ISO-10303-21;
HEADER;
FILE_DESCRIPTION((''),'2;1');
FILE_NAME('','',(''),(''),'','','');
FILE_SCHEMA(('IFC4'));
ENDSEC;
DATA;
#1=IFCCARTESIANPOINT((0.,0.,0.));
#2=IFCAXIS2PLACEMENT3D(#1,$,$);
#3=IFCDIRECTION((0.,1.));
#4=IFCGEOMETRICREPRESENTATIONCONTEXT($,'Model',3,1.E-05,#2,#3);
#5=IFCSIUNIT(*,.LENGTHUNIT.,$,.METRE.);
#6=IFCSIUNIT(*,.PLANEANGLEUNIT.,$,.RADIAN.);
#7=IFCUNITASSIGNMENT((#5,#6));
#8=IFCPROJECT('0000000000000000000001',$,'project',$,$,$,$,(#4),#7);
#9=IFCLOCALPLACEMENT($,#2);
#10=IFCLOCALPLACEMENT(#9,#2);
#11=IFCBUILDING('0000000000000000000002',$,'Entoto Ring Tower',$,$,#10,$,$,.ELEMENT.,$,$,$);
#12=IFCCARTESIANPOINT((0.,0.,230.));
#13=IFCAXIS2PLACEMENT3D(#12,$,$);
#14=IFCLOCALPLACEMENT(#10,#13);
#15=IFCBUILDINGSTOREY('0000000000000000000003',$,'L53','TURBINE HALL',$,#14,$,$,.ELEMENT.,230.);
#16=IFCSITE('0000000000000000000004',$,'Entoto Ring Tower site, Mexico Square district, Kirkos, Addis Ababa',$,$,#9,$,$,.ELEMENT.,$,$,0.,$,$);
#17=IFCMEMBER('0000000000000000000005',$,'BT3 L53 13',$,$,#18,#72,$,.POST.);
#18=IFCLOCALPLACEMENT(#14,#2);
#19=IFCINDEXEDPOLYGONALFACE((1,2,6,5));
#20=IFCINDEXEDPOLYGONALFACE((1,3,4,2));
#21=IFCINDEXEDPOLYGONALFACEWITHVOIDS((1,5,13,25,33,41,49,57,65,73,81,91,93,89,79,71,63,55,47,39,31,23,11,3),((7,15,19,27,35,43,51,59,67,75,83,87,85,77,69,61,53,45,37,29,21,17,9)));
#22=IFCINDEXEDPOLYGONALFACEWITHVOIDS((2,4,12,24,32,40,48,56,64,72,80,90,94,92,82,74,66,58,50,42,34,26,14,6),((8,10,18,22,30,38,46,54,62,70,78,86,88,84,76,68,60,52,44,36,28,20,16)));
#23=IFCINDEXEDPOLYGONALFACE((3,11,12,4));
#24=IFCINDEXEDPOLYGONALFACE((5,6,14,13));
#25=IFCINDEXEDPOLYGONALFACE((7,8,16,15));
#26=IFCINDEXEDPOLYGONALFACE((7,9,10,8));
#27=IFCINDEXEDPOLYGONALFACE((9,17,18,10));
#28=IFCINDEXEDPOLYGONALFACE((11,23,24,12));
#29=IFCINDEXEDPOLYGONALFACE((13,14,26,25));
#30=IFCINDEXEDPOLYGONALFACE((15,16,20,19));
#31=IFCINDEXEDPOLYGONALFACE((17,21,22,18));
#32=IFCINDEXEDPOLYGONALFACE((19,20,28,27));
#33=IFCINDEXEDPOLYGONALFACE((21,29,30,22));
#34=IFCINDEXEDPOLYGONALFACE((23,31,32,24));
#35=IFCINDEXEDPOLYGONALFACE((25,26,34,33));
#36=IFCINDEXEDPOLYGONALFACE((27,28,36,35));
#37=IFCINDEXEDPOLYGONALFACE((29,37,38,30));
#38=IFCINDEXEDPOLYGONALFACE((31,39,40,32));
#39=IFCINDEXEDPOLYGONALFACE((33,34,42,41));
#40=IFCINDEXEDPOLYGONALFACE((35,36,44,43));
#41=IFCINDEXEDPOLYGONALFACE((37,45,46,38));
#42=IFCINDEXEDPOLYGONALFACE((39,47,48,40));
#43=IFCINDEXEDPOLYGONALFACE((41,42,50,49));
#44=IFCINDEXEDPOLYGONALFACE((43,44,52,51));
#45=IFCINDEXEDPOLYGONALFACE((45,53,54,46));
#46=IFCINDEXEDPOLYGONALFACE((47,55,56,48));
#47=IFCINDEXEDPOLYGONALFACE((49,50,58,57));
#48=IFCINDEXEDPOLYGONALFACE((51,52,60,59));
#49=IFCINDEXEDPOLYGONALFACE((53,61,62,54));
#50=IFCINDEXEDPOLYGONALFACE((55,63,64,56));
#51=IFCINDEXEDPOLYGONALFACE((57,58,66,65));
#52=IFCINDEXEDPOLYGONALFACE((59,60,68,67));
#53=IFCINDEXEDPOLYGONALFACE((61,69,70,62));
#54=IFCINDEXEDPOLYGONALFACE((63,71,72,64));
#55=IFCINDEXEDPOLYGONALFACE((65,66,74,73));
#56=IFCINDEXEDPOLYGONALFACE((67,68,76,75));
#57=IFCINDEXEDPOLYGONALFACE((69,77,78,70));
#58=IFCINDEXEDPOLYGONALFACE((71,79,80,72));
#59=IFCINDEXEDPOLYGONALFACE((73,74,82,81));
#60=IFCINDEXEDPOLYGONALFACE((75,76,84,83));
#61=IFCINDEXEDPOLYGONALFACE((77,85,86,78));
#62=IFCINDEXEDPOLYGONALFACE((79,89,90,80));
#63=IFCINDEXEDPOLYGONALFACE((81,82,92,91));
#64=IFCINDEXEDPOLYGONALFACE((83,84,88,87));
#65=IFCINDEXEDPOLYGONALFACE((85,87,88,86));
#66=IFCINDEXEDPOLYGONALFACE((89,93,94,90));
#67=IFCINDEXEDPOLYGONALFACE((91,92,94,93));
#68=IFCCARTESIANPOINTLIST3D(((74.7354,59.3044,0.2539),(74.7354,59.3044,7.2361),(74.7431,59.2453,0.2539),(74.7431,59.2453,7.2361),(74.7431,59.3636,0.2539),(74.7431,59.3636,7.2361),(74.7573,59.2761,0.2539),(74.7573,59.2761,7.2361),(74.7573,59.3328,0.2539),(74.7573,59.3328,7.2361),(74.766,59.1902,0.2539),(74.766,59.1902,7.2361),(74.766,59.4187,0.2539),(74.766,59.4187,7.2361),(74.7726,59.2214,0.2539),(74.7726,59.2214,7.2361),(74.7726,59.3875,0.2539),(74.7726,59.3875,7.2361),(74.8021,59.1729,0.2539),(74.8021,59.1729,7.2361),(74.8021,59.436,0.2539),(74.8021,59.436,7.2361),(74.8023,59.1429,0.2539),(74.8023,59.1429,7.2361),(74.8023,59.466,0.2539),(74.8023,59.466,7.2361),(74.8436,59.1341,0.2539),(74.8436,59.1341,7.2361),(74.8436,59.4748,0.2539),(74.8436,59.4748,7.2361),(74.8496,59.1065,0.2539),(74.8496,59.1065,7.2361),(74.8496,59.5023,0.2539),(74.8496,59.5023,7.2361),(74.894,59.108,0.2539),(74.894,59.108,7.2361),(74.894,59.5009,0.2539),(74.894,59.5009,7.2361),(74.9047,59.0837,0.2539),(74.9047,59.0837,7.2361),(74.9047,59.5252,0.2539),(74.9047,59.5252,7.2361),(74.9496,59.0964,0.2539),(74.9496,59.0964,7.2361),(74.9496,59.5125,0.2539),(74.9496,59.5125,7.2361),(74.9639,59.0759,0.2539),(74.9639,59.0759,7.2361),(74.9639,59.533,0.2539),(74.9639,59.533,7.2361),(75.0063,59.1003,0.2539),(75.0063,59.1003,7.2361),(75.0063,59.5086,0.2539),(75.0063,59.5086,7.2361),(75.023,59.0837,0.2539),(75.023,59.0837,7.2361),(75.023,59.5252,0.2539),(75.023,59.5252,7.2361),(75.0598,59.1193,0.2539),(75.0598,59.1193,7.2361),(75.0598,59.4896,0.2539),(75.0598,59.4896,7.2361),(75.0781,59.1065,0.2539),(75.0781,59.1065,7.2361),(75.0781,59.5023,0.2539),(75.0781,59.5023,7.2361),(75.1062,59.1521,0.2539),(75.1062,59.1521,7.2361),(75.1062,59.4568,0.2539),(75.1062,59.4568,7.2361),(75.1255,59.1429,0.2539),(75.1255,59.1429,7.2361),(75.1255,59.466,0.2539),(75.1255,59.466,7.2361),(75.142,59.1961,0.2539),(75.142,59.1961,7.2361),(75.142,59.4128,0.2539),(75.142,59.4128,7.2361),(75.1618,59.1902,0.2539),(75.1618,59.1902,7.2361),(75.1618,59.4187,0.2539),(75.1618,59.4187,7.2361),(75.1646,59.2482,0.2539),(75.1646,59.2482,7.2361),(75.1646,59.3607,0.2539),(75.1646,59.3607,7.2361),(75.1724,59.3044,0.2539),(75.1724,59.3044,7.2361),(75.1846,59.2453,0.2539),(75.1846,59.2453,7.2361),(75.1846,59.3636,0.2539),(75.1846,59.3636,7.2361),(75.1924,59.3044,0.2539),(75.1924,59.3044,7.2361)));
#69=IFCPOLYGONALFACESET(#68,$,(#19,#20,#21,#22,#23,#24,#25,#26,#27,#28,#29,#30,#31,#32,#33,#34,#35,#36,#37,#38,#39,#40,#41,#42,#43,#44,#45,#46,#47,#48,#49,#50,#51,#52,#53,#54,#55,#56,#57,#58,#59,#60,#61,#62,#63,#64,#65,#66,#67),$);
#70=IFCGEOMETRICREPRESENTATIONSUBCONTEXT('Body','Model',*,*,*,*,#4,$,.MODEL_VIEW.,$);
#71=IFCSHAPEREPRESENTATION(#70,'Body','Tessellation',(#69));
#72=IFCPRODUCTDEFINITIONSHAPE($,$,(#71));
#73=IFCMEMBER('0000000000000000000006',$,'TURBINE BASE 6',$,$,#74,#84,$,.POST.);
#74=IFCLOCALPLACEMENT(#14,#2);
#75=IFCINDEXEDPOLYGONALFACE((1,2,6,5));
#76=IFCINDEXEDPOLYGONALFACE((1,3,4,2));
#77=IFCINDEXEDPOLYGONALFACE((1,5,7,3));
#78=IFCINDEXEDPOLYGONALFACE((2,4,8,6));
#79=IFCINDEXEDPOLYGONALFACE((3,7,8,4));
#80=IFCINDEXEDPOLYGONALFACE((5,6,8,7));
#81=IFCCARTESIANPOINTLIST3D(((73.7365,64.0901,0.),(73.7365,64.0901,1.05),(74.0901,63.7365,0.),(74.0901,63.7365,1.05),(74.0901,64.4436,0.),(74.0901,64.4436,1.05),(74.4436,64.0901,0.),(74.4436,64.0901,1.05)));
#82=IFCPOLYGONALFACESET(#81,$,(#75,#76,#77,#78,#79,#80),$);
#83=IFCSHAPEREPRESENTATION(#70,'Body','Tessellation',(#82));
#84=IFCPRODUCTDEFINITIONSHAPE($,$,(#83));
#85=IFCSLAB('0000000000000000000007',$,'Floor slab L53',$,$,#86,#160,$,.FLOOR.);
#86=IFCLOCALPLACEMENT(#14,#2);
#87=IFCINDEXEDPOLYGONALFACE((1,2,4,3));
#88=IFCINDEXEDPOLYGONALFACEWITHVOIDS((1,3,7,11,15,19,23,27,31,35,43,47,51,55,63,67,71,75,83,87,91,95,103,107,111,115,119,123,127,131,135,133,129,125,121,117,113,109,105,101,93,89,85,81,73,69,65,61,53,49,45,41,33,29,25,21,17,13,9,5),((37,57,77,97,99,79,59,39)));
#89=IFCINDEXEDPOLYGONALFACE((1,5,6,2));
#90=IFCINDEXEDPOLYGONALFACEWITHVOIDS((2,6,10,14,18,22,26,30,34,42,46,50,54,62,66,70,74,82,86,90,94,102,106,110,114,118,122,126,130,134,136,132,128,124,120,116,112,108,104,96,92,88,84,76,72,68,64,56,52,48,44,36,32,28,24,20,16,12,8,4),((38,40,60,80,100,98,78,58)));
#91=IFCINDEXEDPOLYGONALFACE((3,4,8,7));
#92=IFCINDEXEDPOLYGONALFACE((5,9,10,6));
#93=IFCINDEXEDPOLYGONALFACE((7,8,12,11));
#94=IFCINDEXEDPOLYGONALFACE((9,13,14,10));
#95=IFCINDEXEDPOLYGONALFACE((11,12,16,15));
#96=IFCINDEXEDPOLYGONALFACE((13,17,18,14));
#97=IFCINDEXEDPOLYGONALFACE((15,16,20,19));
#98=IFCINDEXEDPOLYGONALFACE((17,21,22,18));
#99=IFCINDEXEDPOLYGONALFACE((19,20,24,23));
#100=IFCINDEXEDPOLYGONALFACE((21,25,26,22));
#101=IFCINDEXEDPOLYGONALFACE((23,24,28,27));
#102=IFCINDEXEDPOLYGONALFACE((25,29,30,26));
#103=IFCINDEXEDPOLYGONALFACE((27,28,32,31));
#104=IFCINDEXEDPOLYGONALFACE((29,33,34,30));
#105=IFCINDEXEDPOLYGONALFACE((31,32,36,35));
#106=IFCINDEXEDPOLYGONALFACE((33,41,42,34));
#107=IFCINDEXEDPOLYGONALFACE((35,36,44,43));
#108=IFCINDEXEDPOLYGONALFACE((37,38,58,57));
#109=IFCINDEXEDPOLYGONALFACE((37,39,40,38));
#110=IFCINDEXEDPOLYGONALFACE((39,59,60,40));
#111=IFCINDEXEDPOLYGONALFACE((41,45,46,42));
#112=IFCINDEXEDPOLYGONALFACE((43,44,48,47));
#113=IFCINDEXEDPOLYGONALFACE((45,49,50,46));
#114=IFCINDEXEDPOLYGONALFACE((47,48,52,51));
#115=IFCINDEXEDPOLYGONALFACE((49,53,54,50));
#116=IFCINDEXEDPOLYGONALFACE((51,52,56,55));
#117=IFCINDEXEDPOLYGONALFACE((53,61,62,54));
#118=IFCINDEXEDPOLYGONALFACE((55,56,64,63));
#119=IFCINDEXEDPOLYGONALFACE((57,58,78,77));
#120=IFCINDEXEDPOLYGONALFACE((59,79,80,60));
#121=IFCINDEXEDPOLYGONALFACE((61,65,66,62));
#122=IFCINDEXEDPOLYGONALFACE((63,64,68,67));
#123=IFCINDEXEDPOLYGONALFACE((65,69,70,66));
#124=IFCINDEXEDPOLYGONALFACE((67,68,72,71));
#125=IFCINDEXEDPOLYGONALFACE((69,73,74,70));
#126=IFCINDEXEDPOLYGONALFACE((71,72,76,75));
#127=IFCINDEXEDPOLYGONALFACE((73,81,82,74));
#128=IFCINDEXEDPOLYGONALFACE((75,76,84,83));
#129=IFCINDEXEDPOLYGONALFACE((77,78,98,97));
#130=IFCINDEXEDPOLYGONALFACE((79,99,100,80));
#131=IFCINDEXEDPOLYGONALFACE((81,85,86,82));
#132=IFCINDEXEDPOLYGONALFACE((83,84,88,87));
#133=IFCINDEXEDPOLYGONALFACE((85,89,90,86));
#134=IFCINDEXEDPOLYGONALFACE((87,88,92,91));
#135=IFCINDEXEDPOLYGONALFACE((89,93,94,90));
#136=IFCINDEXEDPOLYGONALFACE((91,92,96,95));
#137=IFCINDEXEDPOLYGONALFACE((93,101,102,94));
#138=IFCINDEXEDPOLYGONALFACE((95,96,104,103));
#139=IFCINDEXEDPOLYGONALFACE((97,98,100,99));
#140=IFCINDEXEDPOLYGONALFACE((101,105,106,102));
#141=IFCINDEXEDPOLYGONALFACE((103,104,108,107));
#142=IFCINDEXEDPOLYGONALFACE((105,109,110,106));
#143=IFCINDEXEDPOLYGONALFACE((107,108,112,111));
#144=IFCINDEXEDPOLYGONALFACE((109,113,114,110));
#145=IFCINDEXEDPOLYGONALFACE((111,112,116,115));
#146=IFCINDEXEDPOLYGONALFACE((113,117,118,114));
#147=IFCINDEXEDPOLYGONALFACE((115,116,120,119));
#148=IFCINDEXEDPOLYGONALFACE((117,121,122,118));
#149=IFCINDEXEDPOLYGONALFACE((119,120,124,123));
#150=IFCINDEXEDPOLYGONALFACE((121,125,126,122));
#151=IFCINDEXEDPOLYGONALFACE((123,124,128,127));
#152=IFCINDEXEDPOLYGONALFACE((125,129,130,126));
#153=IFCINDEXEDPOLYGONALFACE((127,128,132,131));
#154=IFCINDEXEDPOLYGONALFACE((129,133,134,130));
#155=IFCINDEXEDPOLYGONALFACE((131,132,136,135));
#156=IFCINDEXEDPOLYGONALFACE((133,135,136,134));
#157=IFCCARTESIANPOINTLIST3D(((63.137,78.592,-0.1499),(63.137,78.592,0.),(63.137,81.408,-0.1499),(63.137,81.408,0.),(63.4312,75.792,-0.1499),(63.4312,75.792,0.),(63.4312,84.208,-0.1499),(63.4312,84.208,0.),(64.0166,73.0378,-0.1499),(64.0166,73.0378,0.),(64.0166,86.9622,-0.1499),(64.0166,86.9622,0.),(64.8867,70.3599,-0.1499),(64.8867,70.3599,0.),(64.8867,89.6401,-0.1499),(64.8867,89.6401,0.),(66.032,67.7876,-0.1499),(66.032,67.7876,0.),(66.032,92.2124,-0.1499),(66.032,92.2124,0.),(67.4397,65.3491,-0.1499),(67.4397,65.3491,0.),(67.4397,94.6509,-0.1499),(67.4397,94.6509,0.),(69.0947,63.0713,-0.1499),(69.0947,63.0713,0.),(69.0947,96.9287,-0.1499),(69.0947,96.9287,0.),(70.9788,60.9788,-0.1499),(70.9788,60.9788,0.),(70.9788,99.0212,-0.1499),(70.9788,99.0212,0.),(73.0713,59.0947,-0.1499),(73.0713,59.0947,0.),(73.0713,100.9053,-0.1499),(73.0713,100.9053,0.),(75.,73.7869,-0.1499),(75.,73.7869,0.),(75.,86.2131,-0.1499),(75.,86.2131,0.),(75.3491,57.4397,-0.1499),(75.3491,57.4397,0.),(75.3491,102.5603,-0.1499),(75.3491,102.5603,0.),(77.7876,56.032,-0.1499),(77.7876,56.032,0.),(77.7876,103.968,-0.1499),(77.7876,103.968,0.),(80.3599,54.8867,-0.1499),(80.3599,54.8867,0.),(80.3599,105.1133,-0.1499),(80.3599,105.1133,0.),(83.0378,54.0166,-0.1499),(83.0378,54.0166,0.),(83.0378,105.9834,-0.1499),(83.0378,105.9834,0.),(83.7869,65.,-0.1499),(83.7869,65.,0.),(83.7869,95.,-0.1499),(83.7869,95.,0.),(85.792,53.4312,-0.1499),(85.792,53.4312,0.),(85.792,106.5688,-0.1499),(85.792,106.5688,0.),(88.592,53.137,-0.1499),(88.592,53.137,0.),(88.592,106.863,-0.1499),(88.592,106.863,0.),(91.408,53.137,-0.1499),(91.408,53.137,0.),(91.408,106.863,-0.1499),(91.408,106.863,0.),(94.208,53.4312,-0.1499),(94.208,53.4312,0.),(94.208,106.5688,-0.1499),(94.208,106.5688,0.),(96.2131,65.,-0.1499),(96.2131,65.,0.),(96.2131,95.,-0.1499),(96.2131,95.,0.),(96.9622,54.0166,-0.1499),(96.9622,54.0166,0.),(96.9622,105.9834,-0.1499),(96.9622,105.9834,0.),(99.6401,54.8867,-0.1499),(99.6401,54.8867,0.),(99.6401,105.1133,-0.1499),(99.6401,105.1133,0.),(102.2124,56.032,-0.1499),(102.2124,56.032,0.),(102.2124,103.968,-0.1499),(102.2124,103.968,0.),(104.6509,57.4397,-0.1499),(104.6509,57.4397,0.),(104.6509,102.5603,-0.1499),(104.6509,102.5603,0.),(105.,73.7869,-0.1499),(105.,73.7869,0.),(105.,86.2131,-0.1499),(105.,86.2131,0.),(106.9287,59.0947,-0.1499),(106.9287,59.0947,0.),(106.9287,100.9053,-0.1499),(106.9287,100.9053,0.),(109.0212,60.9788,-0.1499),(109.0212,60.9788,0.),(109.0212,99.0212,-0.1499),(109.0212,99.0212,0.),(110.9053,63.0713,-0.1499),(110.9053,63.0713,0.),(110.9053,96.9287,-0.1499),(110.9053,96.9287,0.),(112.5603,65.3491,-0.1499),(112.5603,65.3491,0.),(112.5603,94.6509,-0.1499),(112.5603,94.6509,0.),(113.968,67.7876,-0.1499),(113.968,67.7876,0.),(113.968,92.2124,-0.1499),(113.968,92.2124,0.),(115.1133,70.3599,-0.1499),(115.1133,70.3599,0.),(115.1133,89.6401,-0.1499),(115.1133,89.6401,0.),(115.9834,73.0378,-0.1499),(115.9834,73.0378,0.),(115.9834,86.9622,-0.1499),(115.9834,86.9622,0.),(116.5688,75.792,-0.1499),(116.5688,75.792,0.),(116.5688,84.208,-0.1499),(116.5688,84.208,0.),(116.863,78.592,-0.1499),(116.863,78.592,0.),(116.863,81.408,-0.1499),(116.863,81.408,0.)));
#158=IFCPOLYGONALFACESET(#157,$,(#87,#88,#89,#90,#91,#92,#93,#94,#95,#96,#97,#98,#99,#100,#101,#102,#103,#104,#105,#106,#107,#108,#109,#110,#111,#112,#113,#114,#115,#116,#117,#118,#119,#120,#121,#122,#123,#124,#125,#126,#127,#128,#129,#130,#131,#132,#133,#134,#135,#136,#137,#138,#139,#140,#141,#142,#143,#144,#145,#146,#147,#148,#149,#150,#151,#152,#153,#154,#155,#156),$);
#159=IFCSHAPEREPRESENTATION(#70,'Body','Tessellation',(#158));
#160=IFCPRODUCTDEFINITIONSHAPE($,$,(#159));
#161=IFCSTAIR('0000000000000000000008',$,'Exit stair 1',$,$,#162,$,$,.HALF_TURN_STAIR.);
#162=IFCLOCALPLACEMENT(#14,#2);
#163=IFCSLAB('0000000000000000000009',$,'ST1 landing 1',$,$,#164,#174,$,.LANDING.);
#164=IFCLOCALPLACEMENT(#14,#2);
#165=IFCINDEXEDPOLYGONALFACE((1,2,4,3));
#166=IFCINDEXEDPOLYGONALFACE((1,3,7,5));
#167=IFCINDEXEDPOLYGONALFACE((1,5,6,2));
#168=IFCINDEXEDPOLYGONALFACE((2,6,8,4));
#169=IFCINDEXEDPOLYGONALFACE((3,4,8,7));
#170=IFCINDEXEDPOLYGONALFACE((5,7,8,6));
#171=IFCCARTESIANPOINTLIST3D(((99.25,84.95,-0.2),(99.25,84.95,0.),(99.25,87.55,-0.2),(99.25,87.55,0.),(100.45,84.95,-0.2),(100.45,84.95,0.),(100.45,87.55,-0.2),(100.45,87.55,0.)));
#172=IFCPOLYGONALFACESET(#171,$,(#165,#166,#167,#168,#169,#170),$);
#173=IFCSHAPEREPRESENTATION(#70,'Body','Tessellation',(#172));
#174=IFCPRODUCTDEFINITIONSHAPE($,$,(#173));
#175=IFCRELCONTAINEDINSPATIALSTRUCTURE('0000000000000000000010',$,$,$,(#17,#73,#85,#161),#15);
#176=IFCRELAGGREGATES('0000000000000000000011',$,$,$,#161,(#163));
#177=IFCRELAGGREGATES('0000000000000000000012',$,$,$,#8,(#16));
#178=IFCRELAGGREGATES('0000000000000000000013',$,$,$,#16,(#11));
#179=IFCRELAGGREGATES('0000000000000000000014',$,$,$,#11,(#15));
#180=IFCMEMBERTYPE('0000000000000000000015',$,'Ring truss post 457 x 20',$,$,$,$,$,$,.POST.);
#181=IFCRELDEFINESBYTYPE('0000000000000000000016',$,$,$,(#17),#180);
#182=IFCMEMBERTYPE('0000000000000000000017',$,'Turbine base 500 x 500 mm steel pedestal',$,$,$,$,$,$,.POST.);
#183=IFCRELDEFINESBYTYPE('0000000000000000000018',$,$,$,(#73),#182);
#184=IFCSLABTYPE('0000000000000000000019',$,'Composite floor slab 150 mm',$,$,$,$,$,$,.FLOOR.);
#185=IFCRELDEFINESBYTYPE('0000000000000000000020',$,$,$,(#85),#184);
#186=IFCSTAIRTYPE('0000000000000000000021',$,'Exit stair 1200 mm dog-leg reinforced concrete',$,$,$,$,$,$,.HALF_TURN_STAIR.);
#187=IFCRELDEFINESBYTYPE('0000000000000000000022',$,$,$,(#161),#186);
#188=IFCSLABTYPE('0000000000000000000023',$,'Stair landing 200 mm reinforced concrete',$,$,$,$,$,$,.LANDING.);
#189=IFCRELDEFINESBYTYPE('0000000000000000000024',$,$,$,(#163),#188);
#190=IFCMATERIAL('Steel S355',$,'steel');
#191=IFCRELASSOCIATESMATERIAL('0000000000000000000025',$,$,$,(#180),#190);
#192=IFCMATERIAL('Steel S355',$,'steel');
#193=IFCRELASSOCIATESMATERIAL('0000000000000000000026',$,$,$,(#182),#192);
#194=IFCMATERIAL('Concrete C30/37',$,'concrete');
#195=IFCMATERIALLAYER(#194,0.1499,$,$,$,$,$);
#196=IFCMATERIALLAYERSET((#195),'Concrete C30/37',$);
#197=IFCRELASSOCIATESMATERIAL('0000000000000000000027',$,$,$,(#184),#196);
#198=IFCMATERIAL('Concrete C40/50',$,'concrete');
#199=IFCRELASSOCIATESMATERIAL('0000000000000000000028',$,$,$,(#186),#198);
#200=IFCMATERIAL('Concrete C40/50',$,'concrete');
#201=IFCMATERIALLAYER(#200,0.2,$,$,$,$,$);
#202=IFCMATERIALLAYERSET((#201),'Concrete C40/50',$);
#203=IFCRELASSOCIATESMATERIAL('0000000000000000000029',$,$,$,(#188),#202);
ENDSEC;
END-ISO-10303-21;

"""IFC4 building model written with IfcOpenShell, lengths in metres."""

from ifc_helpers import new_model, si_unit, direction, frame, origin, origin_2d, place, context, subcontext, project, spatial, polyline, rectangle, circle, hollow_circle, outline, extrude, material, layer, layer_set, material_profile, profile_set, type_object, element, aggregate, save


model = new_model("IFC4")

# Units and contexts
model_context = context("Model", 3, precision=1e-05, world=origin(), true_north=direction((0.0, 1.0)))
body_context = subcontext(model_context, "Body", "Model", "MODEL_VIEW")
ifc_project = project(units=[si_unit("LENGTHUNIT", "METRE"), si_unit("PLANEANGLEUNIT", "RADIAN")], contexts=[model_context])

# Site, building, storey
site_placement = place(None, origin())
site = spatial("IfcSite", under=ifc_project, at=site_placement, Name="Entoto Ring Tower site, Mexico Square district, Kirkos, Addis Ababa", CompositionType="ELEMENT", RefElevation=0.0)
building_placement = place(site_placement, origin())
building = spatial("IfcBuilding", under=site, at=building_placement, Name="Entoto Ring Tower", CompositionType="ELEMENT")
storey_placement = place(building_placement, frame((0.0, 0.0, 230.0)))
storey = spatial("IfcBuildingStorey", under=building, at=storey_placement, Name="L53", Description="TURBINE HALL", CompositionType="ELEMENT", Elevation=230.0)

# Members
ifc_material_1 = material(Name="Steel S355", Category="steel")
ifc_material_profile_1 = material_profile(ifc_material_1, hollow_circle(Radius=0.2285, WallThickness=0.02, at=origin_2d()), Name="CHS 457 x 20")
ifc_material_2 = material(Name="Concrete C60/75", Category="concrete")
ifc_material_profile_2 = material_profile(ifc_material_2, circle(Radius=0.2085, at=origin_2d()), Name="Concrete C60/75 infill")
ifc_profile_set_1 = profile_set([ifc_material_profile_1, ifc_material_profile_2], Name="Steel S355")
member_type_1 = type_object("IfcMemberType", Name="Ring truss post 457 x 20", PredefinedType="POST", material=ifc_profile_set_1)
member_1_placement = place(storey_placement, frame((74.9639, 59.3044, 0.2539), z_axis=(0.0, 0.0, 1.0), x_axis=(1.0, 0.0, 0.0)))
element("IfcMember", 1, at=member_1_placement, inside=storey, type_object=member_type_1, Name="BT3 L53 13", PredefinedType="POST", context=body_context, shape_type="SweptSolid", body=[
    extrude(hollow_circle(Radius=0.2285, WallThickness=0.02, at=origin_2d()), origin(), (0.0, 0.0, 1.0), 6.9822),
])
ifc_material_3 = material(Name="Steel S355", Category="steel")
ifc_material_profile_3 = material_profile(ifc_material_3, rectangle(XDim=0.5, YDim=0.5, at=origin_2d()), Name="Turbine base 500 x 500 mm steel pedestal")
ifc_profile_set_2 = profile_set([ifc_material_profile_3], Name="Steel S355")
member_type_2 = type_object("IfcMemberType", Name="Turbine base 500 x 500 mm steel pedestal", PredefinedType="POST", material=ifc_profile_set_2)
member_2_placement = place(storey_placement, frame((74.0901, 64.0901, 0.0), z_axis=(0.0, 0.0, 1.0), x_axis=(0.707107, -0.707107, 0.0)))
element("IfcMember", 2, at=member_2_placement, inside=storey, type_object=member_type_2, Name="TURBINE BASE 6", PredefinedType="POST", context=body_context, shape_type="SweptSolid", body=[
    extrude(rectangle(XDim=0.5, YDim=0.5, at=origin_2d()), origin(), (0.0, 0.0, 1.0), 1.05),
])

# Slab
ifc_material_4 = material(Name="Concrete C30/37", Category="concrete")
ifc_layer_1 = layer(ifc_material_4, 0.1499)
ifc_layer_set_1 = layer_set([ifc_layer_1], Name="Concrete C30/37")
slab_type_1 = type_object("IfcSlabType", Name="Composite floor slab 150 mm", PredefinedType="FLOOR", material=ifc_layer_set_1)
slab_1_placement = place(storey_placement, frame((0.0, 0.0, -0.1499)))
element("IfcSlab", 3, at=slab_1_placement, inside=storey, type_object=slab_type_1, Name="Floor slab L53", PredefinedType="FLOOR", context=body_context, shape_type="SweptSolid", body=[
    extrude(outline(polyline([(116.5688, 84.208), (115.9834, 86.9622), (115.1133, 89.6401), (113.968, 92.2124), (112.5603, 94.6509), (110.9053, 96.9287), (109.0212, 99.0212), (106.9287, 100.9053), (104.6509, 102.5603), (102.2124, 103.968), (99.6401, 105.1133), (96.9622, 105.9834), (94.208, 106.5688), (91.408, 106.863), (88.592, 106.863), (85.792, 106.5688), (83.0378, 105.9834), (80.3599, 105.1133), (77.7876, 103.968), (75.3491, 102.5603), (73.0713, 100.9053), (70.9788, 99.0212), (69.0947, 96.9287), (67.4397, 94.6509), (66.032, 92.2124), (64.8867, 89.6401), (64.0166, 86.9622), (63.4312, 84.208), (63.137, 81.408), (63.137, 78.592), (63.4312, 75.792), (64.0166, 73.0378), (64.8867, 70.3599), (66.032, 67.7876), (67.4397, 65.3491), (69.0947, 63.0713), (70.9788, 60.9788), (73.0713, 59.0947), (75.3491, 57.4397), (77.7876, 56.032), (80.3599, 54.8867), (83.0378, 54.0166), (85.792, 53.4312), (88.592, 53.137), (91.408, 53.137), (94.208, 53.4312), (96.9622, 54.0166), (99.6401, 54.8867), (102.2124, 56.032), (104.6509, 57.4397), (106.9287, 59.0947), (109.0212, 60.9788), (110.9053, 63.0713), (112.5603, 65.3491), (113.968, 67.7876), (115.1133, 70.3599), (115.9834, 73.0378), (116.5688, 75.792), (116.863, 78.592), (116.863, 81.408), (116.5688, 84.208)]), holes=[polyline([(105.0, 73.7869), (105.0, 86.2131), (96.2131, 95.0), (83.7869, 95.0), (75.0, 86.2131), (75.0, 73.7869), (83.7869, 65.0), (96.2131, 65.0), (105.0, 73.7869)])]), origin(), (0.0, 0.0, 1.0), 0.1499),
])

# Stair, slab
ifc_material_5 = material(Name="Concrete C40/50", Category="concrete")
stair_type = type_object("IfcStairType", Name="Exit stair 1200 mm dog-leg reinforced concrete", PredefinedType="HALF_TURN_STAIR", material=ifc_material_5)
stair_1_placement = place(storey_placement, origin())
stair_1 = element("IfcStair", 4, at=stair_1_placement, inside=storey, type_object=stair_type, Name="Exit stair 1", PredefinedType="HALF_TURN_STAIR")
ifc_material_6 = material(Name="Concrete C40/50", Category="concrete")
ifc_layer_2 = layer(ifc_material_6, 0.2)
ifc_layer_set_2 = layer_set([ifc_layer_2], Name="Concrete C40/50")
slab_type_2 = type_object("IfcSlabType", Name="Stair landing 200 mm reinforced concrete", PredefinedType="LANDING", material=ifc_layer_set_2)
slab_2_placement = place(storey_placement, frame((0.0, 0.0, -0.2)))
slab_2 = element("IfcSlab", 5, at=slab_2_placement, type_object=slab_type_2, Name="ST1 landing 1", PredefinedType="LANDING", context=body_context, shape_type="SweptSolid", body=[
    extrude(outline(polyline([(100.45, 84.95), (100.45, 87.55), (99.25, 87.55), (99.25, 84.95), (100.45, 84.95)])), origin(), (0.0, 0.0, 1.0), 0.2),
])
aggregate(stair_1, [slab_2])

save(model, "model.ifc")
